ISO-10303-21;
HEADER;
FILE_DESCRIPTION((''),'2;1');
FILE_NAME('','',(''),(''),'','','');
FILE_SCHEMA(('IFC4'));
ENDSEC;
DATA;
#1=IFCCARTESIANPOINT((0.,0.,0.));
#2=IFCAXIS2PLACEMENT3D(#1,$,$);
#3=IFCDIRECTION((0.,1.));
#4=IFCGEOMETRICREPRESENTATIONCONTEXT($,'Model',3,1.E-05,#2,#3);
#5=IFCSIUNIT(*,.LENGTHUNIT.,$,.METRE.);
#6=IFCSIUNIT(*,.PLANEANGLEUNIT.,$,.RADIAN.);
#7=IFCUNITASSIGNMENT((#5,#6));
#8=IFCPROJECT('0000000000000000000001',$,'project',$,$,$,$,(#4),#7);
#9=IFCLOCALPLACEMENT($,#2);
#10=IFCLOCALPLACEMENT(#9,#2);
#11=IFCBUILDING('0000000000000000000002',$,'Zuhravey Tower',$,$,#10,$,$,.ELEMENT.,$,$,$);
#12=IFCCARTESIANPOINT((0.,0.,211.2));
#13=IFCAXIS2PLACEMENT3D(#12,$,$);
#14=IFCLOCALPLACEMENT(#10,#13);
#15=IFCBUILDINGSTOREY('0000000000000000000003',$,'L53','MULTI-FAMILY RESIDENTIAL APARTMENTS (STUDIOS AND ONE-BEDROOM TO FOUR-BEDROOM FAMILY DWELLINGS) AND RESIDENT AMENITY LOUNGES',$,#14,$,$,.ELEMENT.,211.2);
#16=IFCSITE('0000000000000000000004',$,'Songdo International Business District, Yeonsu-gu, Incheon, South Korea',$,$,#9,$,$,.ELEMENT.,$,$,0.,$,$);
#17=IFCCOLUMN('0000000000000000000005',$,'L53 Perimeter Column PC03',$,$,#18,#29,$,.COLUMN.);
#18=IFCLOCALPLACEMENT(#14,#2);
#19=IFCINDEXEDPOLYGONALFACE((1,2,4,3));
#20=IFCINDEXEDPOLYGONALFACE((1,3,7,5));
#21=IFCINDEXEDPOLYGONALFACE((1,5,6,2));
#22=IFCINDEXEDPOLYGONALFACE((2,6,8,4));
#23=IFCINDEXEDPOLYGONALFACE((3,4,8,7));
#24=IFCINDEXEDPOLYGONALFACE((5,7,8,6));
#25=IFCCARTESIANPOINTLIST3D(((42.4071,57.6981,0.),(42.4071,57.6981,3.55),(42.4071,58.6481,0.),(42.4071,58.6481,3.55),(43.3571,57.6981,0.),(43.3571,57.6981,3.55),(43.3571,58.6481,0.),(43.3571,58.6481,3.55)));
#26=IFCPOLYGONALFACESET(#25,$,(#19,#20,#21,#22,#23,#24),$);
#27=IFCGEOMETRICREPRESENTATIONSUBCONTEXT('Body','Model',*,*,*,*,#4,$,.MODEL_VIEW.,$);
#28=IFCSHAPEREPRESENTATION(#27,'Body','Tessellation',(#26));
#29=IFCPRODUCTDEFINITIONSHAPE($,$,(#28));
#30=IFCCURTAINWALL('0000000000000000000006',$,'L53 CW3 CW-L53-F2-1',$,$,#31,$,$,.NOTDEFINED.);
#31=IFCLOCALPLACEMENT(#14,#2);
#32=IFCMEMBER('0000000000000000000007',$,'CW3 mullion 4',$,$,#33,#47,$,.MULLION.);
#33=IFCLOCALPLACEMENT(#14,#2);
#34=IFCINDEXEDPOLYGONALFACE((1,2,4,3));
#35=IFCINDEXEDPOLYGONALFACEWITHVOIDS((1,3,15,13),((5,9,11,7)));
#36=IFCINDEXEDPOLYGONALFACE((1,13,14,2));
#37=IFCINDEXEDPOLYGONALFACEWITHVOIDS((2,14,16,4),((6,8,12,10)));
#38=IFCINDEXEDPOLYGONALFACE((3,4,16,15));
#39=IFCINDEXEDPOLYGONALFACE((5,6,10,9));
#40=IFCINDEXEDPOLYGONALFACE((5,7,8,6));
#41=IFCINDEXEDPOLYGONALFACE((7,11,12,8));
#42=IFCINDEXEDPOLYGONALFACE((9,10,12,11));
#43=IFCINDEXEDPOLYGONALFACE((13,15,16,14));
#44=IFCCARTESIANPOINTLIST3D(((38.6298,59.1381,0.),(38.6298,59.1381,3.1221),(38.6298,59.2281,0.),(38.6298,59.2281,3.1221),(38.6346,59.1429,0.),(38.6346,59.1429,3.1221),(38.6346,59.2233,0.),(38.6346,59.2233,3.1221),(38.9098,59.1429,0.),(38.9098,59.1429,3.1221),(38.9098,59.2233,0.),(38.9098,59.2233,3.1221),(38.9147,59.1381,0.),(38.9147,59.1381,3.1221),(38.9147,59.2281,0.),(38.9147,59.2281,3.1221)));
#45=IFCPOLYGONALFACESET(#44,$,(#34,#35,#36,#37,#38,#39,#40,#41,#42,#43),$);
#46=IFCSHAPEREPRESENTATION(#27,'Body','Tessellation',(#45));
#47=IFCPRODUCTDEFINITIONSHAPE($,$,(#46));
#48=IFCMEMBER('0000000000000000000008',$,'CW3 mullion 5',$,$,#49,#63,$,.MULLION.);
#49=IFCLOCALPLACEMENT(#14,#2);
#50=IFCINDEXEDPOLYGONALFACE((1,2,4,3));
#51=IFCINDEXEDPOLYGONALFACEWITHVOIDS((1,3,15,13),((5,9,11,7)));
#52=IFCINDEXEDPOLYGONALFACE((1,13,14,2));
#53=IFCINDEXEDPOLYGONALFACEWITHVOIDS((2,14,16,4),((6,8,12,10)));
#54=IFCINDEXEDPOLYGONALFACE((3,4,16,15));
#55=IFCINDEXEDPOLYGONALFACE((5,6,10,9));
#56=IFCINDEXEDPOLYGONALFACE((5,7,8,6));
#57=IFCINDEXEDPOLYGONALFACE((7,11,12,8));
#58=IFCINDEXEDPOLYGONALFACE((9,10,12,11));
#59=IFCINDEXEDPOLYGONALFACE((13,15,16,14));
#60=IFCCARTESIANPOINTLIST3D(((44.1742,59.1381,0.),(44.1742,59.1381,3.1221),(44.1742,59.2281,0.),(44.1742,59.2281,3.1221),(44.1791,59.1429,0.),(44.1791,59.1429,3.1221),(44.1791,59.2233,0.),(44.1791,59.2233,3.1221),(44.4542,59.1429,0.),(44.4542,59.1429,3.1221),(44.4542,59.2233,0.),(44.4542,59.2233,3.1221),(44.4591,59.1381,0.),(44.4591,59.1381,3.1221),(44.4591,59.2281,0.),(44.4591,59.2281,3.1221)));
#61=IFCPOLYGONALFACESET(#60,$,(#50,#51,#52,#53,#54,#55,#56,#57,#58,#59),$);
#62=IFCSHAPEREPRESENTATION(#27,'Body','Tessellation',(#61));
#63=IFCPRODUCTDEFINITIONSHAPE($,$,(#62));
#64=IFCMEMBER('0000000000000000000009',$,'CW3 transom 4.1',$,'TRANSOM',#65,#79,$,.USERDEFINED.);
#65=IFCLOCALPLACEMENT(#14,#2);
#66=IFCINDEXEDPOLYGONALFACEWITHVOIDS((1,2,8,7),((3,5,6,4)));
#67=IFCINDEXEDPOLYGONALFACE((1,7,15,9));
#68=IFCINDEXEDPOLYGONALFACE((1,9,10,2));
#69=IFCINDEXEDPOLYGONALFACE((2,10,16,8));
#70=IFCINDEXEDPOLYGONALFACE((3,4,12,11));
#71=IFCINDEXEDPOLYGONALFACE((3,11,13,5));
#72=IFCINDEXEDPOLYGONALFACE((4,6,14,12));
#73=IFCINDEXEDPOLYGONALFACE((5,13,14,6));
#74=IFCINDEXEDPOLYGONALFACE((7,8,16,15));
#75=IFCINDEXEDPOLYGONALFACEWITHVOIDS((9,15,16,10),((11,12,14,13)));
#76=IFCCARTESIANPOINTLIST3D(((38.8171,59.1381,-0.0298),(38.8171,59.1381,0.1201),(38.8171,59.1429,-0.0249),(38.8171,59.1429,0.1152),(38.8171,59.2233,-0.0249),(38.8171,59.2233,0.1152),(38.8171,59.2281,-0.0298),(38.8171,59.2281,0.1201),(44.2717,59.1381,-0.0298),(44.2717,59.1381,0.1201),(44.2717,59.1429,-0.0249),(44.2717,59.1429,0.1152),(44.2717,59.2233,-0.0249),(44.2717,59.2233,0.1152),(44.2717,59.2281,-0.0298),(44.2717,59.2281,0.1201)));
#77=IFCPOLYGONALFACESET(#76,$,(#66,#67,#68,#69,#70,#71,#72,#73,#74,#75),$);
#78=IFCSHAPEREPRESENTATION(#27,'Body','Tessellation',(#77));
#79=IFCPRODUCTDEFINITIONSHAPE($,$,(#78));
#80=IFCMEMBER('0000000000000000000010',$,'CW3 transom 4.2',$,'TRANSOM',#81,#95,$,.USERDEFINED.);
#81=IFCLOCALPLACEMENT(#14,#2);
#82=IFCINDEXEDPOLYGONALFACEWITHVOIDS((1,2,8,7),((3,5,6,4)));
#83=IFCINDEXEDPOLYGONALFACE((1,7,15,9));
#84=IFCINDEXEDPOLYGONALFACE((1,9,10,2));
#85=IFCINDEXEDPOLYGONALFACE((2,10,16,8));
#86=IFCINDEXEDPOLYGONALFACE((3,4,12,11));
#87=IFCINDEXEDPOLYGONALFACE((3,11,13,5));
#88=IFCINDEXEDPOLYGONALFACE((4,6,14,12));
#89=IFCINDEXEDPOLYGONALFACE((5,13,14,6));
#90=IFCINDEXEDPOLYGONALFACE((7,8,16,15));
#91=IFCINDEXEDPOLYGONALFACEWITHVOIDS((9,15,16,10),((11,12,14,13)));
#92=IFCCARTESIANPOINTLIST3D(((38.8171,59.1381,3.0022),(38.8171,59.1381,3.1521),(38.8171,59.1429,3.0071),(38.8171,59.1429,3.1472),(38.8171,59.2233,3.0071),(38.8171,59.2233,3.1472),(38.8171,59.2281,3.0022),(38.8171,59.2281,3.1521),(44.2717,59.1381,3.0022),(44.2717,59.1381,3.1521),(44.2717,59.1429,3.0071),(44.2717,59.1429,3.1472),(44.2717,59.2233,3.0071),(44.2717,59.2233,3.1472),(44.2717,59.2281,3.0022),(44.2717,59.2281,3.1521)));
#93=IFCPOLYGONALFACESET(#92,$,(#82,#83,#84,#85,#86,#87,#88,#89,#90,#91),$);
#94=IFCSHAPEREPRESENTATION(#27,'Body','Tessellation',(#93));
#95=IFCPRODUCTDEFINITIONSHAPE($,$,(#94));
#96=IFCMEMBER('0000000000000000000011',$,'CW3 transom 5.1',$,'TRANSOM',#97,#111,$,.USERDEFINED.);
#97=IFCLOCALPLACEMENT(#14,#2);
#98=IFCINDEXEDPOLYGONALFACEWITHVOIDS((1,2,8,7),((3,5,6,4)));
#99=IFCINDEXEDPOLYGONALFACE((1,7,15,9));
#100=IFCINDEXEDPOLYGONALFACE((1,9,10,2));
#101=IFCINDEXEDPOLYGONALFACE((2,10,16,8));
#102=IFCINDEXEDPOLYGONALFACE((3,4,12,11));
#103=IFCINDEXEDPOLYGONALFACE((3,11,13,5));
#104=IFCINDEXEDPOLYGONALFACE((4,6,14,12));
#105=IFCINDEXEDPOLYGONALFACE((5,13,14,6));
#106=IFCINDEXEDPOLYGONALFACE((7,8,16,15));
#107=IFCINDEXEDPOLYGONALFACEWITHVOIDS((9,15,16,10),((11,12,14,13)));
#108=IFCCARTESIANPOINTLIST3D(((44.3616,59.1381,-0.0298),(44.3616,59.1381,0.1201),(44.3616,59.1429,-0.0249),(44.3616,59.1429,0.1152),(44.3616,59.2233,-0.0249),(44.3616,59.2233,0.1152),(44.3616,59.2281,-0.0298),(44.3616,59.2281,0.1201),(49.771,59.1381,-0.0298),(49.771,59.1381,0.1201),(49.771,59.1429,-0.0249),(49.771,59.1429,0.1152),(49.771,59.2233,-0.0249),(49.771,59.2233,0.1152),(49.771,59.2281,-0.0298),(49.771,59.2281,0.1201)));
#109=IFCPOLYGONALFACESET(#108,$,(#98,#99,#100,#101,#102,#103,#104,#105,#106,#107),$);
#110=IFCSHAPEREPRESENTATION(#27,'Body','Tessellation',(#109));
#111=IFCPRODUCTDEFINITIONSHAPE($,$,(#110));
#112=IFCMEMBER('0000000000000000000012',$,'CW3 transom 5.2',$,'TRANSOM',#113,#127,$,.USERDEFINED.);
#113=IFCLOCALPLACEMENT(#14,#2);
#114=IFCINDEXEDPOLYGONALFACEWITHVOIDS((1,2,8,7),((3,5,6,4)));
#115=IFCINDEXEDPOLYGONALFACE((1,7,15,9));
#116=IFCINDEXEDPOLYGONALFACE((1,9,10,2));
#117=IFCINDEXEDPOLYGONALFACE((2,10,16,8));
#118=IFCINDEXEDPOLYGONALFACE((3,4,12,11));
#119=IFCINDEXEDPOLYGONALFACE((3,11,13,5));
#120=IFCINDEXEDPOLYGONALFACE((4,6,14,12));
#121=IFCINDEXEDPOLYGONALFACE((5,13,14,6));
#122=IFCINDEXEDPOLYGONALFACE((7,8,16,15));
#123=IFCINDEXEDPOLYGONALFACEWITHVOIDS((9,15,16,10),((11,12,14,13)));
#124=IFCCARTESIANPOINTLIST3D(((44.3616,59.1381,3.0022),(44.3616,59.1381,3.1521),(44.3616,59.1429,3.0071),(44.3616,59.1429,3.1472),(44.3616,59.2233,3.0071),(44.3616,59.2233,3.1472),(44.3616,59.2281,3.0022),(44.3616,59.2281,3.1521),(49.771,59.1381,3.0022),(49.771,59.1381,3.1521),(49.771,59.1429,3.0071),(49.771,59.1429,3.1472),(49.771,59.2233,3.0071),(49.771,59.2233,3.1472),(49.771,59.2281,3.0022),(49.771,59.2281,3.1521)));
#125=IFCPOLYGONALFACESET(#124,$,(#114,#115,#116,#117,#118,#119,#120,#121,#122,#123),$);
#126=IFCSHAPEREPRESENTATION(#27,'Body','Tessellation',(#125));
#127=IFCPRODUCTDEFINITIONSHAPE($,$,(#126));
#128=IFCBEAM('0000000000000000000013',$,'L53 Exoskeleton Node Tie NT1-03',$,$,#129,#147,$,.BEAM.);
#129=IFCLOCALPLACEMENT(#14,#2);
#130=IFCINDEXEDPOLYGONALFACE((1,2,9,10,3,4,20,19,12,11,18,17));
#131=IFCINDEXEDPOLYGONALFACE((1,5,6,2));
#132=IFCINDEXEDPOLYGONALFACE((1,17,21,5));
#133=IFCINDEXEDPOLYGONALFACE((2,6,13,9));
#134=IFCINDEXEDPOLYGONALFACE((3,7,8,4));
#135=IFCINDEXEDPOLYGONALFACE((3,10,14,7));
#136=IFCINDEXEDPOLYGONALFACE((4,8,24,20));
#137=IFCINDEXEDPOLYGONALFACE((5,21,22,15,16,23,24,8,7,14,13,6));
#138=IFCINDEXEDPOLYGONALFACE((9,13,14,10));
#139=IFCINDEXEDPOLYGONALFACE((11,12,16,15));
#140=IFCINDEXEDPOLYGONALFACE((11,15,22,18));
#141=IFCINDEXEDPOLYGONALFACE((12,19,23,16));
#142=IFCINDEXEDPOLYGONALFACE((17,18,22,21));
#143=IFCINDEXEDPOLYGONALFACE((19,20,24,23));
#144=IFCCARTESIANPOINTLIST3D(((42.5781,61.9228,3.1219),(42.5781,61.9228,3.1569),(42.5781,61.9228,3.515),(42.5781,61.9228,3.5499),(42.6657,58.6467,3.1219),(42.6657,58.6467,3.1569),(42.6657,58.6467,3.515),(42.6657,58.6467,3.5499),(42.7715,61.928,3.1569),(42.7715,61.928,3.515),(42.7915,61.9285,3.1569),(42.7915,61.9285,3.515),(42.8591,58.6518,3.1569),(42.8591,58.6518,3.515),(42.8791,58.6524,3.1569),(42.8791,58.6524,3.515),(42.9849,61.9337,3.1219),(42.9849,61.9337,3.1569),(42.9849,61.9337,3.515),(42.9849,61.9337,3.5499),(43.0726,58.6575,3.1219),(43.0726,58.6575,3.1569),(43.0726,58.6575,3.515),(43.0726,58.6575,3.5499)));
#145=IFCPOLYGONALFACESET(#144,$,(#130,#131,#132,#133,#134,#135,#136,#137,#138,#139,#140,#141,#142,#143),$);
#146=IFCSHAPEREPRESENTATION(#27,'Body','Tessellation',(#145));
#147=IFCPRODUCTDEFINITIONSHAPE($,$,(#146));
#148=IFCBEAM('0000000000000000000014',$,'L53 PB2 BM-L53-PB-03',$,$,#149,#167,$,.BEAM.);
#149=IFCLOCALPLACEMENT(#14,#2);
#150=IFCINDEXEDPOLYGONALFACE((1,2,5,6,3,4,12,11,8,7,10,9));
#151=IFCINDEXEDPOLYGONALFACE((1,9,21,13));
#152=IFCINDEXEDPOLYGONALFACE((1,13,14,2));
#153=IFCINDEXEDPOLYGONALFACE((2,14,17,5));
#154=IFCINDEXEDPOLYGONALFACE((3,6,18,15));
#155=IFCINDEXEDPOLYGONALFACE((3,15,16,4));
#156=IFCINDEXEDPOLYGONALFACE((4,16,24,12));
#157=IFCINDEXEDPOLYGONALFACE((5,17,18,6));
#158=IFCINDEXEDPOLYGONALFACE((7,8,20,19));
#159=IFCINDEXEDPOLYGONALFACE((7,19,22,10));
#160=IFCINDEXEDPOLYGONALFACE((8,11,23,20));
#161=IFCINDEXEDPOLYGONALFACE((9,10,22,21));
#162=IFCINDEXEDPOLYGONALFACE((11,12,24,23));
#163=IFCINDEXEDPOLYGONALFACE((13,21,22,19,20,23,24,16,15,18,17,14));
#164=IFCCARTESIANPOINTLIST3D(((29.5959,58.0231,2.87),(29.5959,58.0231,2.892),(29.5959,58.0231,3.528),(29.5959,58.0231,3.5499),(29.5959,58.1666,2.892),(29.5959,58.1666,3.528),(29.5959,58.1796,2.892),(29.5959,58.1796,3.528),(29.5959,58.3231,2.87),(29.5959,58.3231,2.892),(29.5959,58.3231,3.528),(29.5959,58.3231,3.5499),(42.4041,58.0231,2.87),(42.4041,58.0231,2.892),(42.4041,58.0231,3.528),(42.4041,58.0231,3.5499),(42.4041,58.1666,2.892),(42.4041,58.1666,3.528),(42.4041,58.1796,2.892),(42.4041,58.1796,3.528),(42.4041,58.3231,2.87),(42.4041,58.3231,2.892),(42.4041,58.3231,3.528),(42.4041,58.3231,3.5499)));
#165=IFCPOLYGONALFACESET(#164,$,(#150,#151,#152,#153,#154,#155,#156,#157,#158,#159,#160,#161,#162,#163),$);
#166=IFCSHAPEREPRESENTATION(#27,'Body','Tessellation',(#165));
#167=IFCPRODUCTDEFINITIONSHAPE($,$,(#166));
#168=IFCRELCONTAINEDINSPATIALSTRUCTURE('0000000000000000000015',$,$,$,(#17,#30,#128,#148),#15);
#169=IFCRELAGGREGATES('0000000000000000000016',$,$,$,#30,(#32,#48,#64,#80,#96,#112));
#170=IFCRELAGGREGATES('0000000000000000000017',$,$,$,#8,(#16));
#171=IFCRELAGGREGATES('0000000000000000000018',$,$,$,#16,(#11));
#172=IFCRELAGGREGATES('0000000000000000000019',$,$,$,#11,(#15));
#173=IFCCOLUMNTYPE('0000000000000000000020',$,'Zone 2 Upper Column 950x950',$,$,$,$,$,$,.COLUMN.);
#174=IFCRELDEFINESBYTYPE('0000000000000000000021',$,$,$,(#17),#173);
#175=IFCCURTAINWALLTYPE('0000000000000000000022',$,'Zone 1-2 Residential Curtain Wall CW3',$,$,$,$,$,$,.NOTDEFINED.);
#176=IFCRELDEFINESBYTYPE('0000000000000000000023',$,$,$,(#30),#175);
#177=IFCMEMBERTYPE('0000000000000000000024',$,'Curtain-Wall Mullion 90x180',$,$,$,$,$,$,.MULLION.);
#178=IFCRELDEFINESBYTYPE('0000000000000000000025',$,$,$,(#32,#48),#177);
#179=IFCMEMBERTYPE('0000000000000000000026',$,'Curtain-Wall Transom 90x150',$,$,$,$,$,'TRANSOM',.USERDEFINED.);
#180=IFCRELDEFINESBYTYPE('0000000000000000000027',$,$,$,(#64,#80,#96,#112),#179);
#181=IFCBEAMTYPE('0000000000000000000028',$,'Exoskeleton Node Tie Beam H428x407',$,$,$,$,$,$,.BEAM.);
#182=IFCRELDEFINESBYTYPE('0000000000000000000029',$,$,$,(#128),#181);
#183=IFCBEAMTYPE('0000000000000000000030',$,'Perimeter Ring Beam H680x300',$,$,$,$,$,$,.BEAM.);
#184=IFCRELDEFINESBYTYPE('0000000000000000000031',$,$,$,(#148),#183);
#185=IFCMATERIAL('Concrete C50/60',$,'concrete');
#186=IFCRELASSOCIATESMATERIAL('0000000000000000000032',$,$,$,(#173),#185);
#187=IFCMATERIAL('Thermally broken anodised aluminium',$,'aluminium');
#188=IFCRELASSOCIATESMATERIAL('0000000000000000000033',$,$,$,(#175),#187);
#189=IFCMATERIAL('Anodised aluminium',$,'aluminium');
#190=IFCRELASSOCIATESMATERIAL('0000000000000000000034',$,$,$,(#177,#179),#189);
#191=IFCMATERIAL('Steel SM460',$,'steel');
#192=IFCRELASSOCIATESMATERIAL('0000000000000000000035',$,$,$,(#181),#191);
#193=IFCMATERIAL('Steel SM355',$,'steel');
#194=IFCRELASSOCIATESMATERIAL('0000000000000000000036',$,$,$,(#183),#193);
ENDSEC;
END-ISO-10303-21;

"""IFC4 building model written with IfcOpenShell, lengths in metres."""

from ifc_helpers import new_model, si_unit, direction, frame, origin, origin_2d, place, context, subcontext, project, spatial, rectangle, hollow_rectangle, i_section, extrude, material, material_profile, profile_set, type_object, element, aggregate, save


model = new_model("IFC4")

# Units and contexts
model_context = context("Model", 3, precision=1e-05, world=origin(), true_north=direction((0.0, 1.0)))
body_context = subcontext(model_context, "Body", "Model", "MODEL_VIEW")
ifc_project = project(units=[si_unit("LENGTHUNIT", "METRE"), si_unit("PLANEANGLEUNIT", "RADIAN")], contexts=[model_context])

# Site, building, storey
site_placement = place(None, origin())
site = spatial("IfcSite", under=ifc_project, at=site_placement, Name="Songdo International Business District, Yeonsu-gu, Incheon, South Korea", CompositionType="ELEMENT", RefElevation=0.0)
building_placement = place(site_placement, origin())
building = spatial("IfcBuilding", under=site, at=building_placement, Name="Zuhravey Tower", CompositionType="ELEMENT")
storey_placement = place(building_placement, frame((0.0, 0.0, 211.2)))
storey = spatial("IfcBuildingStorey", under=building, at=storey_placement, Name="L53", Description="MULTI-FAMILY RESIDENTIAL APARTMENTS (STUDIOS AND ONE-BEDROOM TO FOUR-BEDROOM FAMILY DWELLINGS) AND RESIDENT AMENITY LOUNGES", CompositionType="ELEMENT", Elevation=211.2)

# Column
ifc_material_1 = material(Name="Concrete C50/60", Category="concrete")
ifc_material_profile_1 = material_profile(ifc_material_1, rectangle(XDim=0.95, YDim=0.95, at=origin_2d()), Name="RC-950x950")
ifc_profile_set_1 = profile_set([ifc_material_profile_1], Name="Concrete C50/60")
column_type = type_object("IfcColumnType", Name="Zone 2 Upper Column 950x950", PredefinedType="COLUMN", material=ifc_profile_set_1)
column_placement = place(storey_placement, frame((42.8821, 58.1731, 0.0), z_axis=(0.0, 0.0, 1.0), x_axis=(-1.0, 0.0, 0.0)))
element("IfcColumn", 1, at=column_placement, inside=storey, type_object=column_type, Name="L53 Perimeter Column PC03", PredefinedType="COLUMN", context=body_context, shape_type="SweptSolid", body=[
    extrude(rectangle(XDim=0.95, YDim=0.95, at=origin_2d()), origin(), (0.0, 0.0, 1.0), 3.55),
])

# Curtain wall, members
ifc_material_2 = material(Name="Thermally broken anodised aluminium", Category="aluminium")
curtain_wall_type = type_object("IfcCurtainWallType", Name="Zone 1-2 Residential Curtain Wall CW3", PredefinedType="NOTDEFINED", material=ifc_material_2)
curtain_wall_placement = place(storey_placement, origin())
curtain_wall = element("IfcCurtainWall", 2, at=curtain_wall_placement, inside=storey, type_object=curtain_wall_type, Name="L53 CW3 CW-L53-F2-1", PredefinedType="NOTDEFINED")
ifc_material_3 = material(Name="Anodised aluminium", Category="aluminium")
ifc_material_profile_2 = material_profile(ifc_material_3, hollow_rectangle(XDim=0.0901, YDim=0.2849, WallThickness=0.0049, at=origin_2d()), Name="ALU-RHS-90x285x5")
ifc_profile_set_2 = profile_set([ifc_material_profile_2], Name="Anodised aluminium")
member_type_1 = type_object("IfcMemberType", Name="Curtain-Wall Mullion 90x180", PredefinedType="MULLION", material=ifc_profile_set_2)
member_1_placement = place(storey_placement, frame((38.7722, 59.1831, 0.0), z_axis=(0.0, 0.0, 1.0), x_axis=(0.0, 1.0, 0.0)))
member_1 = element("IfcMember", 3, at=member_1_placement, type_object=member_type_1, Name="CW3 mullion 4", PredefinedType="MULLION", context=body_context, shape_type="SweptSolid", body=[
    extrude(hollow_rectangle(XDim=0.0901, YDim=0.2849, WallThickness=0.0049, at=origin_2d()), origin(), (0.0, 0.0, 1.0), 3.1221),
])
member_2_placement = place(storey_placement, frame((44.3167, 59.1831, 0.0), z_axis=(0.0, 0.0, 1.0), x_axis=(0.0, 1.0, 0.0)))
member_2 = element("IfcMember", 4, at=member_2_placement, type_object=member_type_1, Name="CW3 mullion 5", PredefinedType="MULLION", context=body_context, shape_type="SweptSolid", body=[
    extrude(hollow_rectangle(XDim=0.0901, YDim=0.2849, WallThickness=0.0049, at=origin_2d()), origin(), (0.0, 0.0, 1.0), 3.1221),
])
ifc_material_profile_3 = material_profile(ifc_material_3, hollow_rectangle(XDim=0.0901, YDim=0.1499, WallThickness=0.0049, at=origin_2d()), Name="ALU-RHS-90x150x5")
ifc_profile_set_3 = profile_set([ifc_material_profile_3], Name="Anodised aluminium")
member_type_2 = type_object("IfcMemberType", Name="Curtain-Wall Transom 90x150", ElementType="TRANSOM", PredefinedType="USERDEFINED", material=ifc_profile_set_3)
member_3_placement = place(storey_placement, frame((38.8171, 59.1831, 0.0452), z_axis=(1.0, 0.0, 0.0), x_axis=(0.0, 1.0, 0.0)))
member_3 = element("IfcMember", 5, at=member_3_placement, type_object=member_type_2, Name="CW3 transom 4.1", ObjectType="TRANSOM", PredefinedType="USERDEFINED", context=body_context, shape_type="SweptSolid", body=[
    extrude(hollow_rectangle(XDim=0.0901, YDim=0.1499, WallThickness=0.0049, at=origin_2d()), origin(), (0.0, 0.0, 1.0), 5.4546),
])
member_4_placement = place(storey_placement, frame((38.8171, 59.1831, 3.0771), z_axis=(1.0, 0.0, 0.0), x_axis=(0.0, 1.0, 0.0)))
member_4 = element("IfcMember", 6, at=member_4_placement, type_object=member_type_2, Name="CW3 transom 4.2", ObjectType="TRANSOM", PredefinedType="USERDEFINED", context=body_context, shape_type="SweptSolid", body=[
    extrude(hollow_rectangle(XDim=0.0901, YDim=0.1499, WallThickness=0.0049, at=origin_2d()), origin(), (0.0, 0.0, 1.0), 5.4546),
])
member_5_placement = place(storey_placement, frame((44.3616, 59.1831, 0.0452), z_axis=(1.0, 0.0, 0.0), x_axis=(0.0, 1.0, 0.0)))
member_5 = element("IfcMember", 7, at=member_5_placement, type_object=member_type_2, Name="CW3 transom 5.1", ObjectType="TRANSOM", PredefinedType="USERDEFINED", context=body_context, shape_type="SweptSolid", body=[
    extrude(hollow_rectangle(XDim=0.0901, YDim=0.1499, WallThickness=0.0049, at=origin_2d()), origin(), (0.0, 0.0, 1.0), 5.4094),
])
member_6_placement = place(storey_placement, frame((44.3616, 59.1831, 3.0771), z_axis=(1.0, 0.0, 0.0), x_axis=(0.0, 1.0, 0.0)))
member_6 = element("IfcMember", 8, at=member_6_placement, type_object=member_type_2, Name="CW3 transom 5.2", ObjectType="TRANSOM", PredefinedType="USERDEFINED", context=body_context, shape_type="SweptSolid", body=[
    extrude(hollow_rectangle(XDim=0.0901, YDim=0.1499, WallThickness=0.0049, at=origin_2d()), origin(), (0.0, 0.0, 1.0), 5.4094),
])

# Beams
ifc_material_4 = material(Name="Steel SM460", Category="steel")
ifc_material_profile_4 = material_profile(ifc_material_4, i_section(OverallWidth=0.407, OverallDepth=0.428, WebThickness=0.02, FlangeThickness=0.0349, at=origin_2d()), Name="H-428x407x20x35")
ifc_profile_set_4 = profile_set([ifc_material_profile_4], Name="Steel SM460")
beam_type_1 = type_object("IfcBeamType", Name="Exoskeleton Node Tie Beam H428x407", PredefinedType="BEAM", material=ifc_profile_set_4)
beam_1_placement = place(storey_placement, frame((42.8691, 58.6521, 3.3359), z_axis=(-0.026744, 0.999642, 0.0), x_axis=(-0.999642, -0.026744, 0.0)))
element("IfcBeam", 9, at=beam_1_placement, inside=storey, type_object=beam_type_1, Name="L53 Exoskeleton Node Tie NT1-03", PredefinedType="BEAM", context=body_context, shape_type="SweptSolid", body=[
    extrude(i_section(OverallWidth=0.407, OverallDepth=0.428, WebThickness=0.02, FlangeThickness=0.0349, at=origin_2d()), origin(), (0.0, 0.0, 1.0), 3.2773),
])
ifc_material_5 = material(Name="Steel SM355", Category="steel")
ifc_material_profile_5 = material_profile(ifc_material_5, i_section(OverallWidth=0.3, OverallDepth=0.6799, WebThickness=0.0129, FlangeThickness=0.022, at=origin_2d()), Name="H-680x300x13x22")
ifc_profile_set_5 = profile_set([ifc_material_profile_5], Name="Steel SM355")
beam_type_2 = type_object("IfcBeamType", Name="Perimeter Ring Beam H680x300", PredefinedType="BEAM", material=ifc_profile_set_5)
beam_2_placement = place(storey_placement, frame((42.4041, 58.1731, 3.21), z_axis=(-1.0, 0.0, 0.0), x_axis=(0.0, -1.0, 0.0)))
element("IfcBeam", 10, at=beam_2_placement, inside=storey, type_object=beam_type_2, Name="L53 PB2 BM-L53-PB-03", PredefinedType="BEAM", context=body_context, shape_type="SweptSolid", body=[
    extrude(i_section(OverallWidth=0.3, OverallDepth=0.6799, WebThickness=0.0129, FlangeThickness=0.022, at=origin_2d()), origin(), (0.0, 0.0, 1.0), 12.8081),
])

aggregate(curtain_wall, [member_1, member_2, member_3, member_4, member_5, member_6])

save(model, "model.ifc")
